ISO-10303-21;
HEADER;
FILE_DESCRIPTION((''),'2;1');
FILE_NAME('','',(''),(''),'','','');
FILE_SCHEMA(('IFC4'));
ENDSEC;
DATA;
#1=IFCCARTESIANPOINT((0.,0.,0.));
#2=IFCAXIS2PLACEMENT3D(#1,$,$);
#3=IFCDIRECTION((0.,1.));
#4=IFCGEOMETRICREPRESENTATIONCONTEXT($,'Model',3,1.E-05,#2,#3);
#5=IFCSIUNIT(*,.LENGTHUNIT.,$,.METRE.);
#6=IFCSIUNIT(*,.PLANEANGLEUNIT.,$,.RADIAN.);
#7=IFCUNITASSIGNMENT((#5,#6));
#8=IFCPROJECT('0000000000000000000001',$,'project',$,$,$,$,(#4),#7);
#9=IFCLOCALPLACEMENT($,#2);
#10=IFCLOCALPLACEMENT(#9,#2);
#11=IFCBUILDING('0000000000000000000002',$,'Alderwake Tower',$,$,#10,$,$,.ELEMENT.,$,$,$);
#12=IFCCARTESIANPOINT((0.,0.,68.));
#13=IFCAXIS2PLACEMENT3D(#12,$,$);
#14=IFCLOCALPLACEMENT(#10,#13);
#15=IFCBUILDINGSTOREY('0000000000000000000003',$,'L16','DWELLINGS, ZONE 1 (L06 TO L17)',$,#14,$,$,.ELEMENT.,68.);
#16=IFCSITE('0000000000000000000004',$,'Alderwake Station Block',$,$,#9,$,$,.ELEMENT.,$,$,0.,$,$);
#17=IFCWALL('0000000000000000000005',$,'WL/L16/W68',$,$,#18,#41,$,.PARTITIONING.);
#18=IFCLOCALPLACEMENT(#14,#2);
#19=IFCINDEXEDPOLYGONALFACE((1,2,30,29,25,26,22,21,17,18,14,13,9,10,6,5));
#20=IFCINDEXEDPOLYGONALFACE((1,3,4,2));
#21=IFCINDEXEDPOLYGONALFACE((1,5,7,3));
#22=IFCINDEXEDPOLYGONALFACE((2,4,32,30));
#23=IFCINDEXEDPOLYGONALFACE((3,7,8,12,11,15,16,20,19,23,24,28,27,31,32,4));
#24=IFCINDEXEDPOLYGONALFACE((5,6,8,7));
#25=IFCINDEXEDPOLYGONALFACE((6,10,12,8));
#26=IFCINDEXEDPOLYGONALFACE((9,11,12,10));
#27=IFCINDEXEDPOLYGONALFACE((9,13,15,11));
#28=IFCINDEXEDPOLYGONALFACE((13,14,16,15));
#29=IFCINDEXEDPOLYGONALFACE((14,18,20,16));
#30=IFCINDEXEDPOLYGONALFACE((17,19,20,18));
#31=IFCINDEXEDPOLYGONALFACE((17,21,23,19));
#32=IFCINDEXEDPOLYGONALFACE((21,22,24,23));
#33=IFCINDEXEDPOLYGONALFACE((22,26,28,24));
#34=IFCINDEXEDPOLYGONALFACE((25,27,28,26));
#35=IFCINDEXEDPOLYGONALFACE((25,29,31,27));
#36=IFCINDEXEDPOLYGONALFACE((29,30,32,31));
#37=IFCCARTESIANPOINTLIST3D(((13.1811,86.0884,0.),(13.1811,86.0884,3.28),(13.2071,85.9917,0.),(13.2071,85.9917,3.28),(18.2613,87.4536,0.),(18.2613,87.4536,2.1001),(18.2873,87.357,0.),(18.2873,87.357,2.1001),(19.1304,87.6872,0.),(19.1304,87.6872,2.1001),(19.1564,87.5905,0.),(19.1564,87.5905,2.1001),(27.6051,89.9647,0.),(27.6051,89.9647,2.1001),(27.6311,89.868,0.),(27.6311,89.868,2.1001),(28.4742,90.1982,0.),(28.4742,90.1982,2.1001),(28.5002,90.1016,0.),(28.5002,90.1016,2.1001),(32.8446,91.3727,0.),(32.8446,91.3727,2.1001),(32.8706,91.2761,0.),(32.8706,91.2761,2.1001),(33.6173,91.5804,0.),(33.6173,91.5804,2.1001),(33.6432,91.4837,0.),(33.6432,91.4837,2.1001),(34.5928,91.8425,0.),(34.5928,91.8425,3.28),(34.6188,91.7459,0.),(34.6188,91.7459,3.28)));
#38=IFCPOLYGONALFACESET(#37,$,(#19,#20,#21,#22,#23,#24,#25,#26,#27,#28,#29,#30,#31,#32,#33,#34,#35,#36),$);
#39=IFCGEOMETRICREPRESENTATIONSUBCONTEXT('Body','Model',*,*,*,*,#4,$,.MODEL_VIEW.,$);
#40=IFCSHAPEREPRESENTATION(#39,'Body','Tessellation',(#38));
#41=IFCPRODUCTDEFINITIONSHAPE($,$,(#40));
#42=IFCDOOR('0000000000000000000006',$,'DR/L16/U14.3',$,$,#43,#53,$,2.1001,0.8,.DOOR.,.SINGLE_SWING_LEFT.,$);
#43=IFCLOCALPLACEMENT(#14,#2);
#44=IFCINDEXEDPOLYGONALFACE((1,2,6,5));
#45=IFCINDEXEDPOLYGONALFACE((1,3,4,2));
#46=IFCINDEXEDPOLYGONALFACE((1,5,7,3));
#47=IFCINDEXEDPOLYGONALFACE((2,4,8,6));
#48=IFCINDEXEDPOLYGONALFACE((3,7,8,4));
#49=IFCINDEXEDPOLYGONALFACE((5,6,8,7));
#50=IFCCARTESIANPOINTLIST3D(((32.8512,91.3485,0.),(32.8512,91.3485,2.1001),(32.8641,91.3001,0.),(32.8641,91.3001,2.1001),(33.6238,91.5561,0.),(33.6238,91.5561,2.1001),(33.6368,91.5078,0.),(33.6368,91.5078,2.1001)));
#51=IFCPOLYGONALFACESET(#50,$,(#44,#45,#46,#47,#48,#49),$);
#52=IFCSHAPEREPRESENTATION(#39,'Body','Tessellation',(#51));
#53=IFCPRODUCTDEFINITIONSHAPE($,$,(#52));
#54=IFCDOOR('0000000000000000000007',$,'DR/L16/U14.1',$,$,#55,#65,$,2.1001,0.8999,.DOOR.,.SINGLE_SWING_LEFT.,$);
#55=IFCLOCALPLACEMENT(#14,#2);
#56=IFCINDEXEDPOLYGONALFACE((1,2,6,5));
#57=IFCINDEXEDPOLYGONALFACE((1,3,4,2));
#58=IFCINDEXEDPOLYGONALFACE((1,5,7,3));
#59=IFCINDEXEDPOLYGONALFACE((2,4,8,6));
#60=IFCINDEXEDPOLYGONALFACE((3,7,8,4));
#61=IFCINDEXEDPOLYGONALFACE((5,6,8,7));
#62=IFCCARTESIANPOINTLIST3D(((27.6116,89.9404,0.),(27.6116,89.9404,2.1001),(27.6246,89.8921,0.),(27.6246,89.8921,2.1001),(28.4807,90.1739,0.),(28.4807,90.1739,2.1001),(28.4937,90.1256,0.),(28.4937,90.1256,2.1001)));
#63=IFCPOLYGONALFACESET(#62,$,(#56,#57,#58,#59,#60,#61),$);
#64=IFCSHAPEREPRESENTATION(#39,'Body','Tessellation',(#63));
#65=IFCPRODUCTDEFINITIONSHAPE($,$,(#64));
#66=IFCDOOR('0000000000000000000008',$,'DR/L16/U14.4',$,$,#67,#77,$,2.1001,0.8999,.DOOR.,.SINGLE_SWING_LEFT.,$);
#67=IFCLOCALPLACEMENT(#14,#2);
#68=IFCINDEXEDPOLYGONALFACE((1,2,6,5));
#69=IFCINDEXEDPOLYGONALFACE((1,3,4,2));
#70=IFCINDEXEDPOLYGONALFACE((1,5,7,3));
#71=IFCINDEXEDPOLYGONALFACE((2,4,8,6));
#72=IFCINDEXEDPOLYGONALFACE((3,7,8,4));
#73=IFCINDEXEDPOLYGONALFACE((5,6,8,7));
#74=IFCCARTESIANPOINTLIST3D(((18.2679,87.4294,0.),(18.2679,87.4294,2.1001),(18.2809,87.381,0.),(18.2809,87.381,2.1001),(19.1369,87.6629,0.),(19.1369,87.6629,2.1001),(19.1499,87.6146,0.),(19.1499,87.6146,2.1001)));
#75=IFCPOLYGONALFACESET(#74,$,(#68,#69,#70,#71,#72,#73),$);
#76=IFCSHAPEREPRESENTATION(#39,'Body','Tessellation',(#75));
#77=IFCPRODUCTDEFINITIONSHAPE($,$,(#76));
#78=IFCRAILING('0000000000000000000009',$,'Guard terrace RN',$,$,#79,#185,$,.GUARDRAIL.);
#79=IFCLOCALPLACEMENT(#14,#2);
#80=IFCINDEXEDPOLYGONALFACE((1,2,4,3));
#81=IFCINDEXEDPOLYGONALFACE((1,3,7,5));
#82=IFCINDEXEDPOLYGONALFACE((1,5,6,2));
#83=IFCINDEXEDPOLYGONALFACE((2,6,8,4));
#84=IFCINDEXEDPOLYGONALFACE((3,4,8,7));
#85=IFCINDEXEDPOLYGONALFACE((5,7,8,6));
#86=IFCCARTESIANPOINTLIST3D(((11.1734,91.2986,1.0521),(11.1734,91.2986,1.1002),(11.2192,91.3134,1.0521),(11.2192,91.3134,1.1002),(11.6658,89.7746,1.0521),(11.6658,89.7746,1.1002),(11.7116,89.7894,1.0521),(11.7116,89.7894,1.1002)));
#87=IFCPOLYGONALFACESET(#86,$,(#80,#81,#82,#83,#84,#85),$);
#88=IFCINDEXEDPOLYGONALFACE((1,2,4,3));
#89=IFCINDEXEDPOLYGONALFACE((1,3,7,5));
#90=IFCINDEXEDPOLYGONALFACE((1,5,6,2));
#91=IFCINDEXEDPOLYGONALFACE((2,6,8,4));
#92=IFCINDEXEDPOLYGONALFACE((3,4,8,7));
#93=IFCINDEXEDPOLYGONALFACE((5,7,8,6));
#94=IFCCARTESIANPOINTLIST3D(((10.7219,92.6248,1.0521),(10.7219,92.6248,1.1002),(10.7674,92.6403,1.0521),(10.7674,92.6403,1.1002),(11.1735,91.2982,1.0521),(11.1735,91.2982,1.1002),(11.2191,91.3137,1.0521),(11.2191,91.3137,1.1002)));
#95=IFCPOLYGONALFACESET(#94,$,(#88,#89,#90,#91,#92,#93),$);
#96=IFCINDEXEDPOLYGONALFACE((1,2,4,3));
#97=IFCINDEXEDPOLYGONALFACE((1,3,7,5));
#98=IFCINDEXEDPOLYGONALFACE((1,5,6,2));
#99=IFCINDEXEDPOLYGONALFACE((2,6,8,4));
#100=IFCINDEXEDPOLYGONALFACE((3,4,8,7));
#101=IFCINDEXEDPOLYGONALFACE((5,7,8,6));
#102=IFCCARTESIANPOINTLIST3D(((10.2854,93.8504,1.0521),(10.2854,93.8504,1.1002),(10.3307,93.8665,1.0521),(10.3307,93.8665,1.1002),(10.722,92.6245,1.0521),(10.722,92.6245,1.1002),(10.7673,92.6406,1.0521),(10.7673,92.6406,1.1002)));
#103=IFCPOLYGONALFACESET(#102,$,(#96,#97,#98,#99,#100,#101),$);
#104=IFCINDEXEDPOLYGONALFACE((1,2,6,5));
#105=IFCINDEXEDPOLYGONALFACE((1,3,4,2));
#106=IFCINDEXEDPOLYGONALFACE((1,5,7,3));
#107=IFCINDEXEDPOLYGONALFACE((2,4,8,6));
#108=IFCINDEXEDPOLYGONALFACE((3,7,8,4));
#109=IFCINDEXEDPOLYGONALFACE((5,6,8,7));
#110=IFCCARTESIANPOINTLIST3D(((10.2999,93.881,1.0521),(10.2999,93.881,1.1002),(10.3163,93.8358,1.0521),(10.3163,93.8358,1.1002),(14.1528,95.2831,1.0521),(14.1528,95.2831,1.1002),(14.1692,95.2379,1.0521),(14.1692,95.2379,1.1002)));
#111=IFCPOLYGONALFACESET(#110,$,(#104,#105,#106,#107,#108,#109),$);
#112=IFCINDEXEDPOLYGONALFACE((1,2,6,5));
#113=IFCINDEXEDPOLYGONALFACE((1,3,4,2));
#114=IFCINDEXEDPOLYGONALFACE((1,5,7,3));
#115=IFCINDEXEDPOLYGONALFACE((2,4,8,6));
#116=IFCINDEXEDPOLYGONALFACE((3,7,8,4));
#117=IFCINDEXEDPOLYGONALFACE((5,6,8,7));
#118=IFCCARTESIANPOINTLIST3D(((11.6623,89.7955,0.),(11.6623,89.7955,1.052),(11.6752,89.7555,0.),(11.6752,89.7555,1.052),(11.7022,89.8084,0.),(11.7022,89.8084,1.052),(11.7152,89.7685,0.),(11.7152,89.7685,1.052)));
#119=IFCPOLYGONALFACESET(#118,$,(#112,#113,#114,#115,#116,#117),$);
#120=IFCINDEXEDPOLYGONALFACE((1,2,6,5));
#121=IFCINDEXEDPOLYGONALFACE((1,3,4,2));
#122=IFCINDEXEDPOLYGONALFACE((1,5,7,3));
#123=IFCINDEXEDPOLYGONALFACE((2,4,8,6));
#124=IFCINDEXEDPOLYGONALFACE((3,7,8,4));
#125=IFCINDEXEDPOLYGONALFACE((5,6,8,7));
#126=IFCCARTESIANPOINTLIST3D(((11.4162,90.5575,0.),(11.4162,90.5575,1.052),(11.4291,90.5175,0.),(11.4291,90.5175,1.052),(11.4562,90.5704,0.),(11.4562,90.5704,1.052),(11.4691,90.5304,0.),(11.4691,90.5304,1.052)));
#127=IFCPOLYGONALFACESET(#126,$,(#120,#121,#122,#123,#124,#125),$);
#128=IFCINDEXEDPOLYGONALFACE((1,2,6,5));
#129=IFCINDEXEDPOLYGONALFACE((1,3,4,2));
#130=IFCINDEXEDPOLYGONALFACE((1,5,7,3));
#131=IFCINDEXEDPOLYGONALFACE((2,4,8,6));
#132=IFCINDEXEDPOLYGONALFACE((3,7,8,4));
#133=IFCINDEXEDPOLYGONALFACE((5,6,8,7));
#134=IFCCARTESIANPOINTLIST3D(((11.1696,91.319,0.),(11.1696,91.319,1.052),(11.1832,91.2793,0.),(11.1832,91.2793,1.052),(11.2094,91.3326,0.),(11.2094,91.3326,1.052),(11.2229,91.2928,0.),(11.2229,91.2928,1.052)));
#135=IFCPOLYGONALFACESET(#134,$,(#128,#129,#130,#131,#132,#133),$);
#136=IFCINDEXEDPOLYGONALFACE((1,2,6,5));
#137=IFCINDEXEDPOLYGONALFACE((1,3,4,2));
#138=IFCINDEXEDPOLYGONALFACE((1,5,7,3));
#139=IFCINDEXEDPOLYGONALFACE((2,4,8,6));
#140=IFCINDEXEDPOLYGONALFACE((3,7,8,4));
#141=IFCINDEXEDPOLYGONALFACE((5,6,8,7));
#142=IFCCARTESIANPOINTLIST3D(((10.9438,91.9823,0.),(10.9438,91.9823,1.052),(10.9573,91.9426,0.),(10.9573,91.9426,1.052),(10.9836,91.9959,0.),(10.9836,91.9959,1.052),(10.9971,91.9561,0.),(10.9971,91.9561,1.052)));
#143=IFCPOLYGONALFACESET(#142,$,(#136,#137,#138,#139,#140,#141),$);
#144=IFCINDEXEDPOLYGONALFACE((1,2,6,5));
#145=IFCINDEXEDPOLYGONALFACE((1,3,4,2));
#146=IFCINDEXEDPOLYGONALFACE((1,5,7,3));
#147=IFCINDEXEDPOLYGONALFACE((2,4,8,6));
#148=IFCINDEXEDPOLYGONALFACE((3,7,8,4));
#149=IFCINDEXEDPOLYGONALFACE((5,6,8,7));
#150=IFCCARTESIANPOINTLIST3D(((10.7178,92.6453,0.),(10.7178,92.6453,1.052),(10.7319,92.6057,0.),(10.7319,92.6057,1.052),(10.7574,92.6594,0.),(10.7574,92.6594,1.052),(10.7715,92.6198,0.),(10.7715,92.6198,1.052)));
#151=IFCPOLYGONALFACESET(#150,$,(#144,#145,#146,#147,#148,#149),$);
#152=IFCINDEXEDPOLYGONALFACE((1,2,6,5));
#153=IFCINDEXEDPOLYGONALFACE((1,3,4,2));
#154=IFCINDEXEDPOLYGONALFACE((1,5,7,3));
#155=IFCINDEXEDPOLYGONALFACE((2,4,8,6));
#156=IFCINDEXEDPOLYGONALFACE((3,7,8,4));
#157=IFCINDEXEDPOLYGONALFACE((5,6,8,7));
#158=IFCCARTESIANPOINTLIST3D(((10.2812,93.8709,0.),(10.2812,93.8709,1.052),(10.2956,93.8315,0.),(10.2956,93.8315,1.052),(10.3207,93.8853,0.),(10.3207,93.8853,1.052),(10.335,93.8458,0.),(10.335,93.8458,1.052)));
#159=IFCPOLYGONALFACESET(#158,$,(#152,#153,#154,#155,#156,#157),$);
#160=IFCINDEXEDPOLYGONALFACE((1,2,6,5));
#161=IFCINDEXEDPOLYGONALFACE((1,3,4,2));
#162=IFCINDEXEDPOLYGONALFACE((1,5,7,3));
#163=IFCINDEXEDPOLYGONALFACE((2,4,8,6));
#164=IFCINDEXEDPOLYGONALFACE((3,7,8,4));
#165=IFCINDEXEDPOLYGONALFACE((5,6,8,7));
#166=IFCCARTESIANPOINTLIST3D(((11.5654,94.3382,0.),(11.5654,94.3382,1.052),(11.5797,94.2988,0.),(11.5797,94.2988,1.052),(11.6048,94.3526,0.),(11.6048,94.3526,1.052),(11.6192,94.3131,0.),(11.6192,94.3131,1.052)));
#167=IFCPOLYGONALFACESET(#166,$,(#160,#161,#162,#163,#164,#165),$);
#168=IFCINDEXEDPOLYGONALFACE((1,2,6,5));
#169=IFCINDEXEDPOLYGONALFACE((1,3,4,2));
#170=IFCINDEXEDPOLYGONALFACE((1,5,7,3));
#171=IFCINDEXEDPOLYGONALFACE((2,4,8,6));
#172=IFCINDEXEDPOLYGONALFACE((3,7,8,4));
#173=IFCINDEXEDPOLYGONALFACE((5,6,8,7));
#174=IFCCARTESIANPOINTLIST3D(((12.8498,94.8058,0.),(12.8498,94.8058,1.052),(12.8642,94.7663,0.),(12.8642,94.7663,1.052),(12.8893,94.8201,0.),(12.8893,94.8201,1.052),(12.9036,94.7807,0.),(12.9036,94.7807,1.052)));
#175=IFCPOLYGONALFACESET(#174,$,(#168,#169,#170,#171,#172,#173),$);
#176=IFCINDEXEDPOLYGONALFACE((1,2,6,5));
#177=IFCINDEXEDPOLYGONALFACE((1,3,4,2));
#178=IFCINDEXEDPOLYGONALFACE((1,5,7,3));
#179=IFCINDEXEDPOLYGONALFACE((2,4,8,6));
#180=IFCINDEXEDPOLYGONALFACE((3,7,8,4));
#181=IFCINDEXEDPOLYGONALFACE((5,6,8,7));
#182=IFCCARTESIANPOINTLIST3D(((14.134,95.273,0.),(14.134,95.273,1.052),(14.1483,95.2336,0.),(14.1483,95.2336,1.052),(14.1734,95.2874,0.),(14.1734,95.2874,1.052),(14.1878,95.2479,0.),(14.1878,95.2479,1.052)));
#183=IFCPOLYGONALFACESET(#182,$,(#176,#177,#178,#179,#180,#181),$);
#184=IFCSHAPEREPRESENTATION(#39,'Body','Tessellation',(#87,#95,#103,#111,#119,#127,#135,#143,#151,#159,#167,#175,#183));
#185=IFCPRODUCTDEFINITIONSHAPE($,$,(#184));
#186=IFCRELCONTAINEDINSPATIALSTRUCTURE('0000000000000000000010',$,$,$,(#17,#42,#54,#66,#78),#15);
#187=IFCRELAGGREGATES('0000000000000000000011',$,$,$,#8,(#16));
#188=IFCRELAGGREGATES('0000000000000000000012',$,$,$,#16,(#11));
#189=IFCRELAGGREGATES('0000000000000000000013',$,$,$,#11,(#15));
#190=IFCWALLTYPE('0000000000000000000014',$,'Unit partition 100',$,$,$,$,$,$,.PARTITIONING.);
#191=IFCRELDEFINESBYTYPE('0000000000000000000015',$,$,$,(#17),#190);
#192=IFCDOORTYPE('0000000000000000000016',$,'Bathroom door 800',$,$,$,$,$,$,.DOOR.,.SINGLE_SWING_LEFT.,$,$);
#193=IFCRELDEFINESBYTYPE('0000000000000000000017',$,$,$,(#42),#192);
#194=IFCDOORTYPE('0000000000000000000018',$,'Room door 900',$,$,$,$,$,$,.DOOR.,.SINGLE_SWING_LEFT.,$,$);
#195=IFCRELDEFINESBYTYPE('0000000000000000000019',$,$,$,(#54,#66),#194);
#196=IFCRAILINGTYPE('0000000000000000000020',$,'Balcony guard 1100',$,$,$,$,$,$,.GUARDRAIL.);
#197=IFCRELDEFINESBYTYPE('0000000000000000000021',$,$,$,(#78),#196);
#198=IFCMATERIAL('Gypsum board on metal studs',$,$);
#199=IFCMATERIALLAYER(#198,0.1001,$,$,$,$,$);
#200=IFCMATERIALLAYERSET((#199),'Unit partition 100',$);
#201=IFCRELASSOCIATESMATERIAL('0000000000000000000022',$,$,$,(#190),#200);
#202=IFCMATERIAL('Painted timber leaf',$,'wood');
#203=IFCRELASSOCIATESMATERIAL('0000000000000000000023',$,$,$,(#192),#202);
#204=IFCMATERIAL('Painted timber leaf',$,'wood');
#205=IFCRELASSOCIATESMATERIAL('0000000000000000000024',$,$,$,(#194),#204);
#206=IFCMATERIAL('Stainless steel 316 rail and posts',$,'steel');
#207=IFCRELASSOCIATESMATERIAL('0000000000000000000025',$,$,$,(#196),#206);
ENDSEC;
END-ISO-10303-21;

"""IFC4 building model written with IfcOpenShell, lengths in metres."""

from ifc_helpers import new_model, si_unit, direction, frame, frame_2d, origin, origin_2d, place, context, subcontext, project, spatial, rectangle, extrude, material, layer, layer_set, type_object, element, fill, save


model = new_model("IFC4")

# Units and contexts
model_context = context("Model", 3, precision=1e-05, world=origin(), true_north=direction((0.0, 1.0)))
body_context = subcontext(model_context, "Body", "Model", "MODEL_VIEW")
ifc_project = project(units=[si_unit("LENGTHUNIT", "METRE"), si_unit("PLANEANGLEUNIT", "RADIAN")], contexts=[model_context])

# Site, building, storey
site_placement = place(None, origin())
site = spatial("IfcSite", under=ifc_project, at=site_placement, Name="Alderwake Station Block", CompositionType="ELEMENT", RefElevation=0.0)
building_placement = place(site_placement, origin())
building = spatial("IfcBuilding", under=site, at=building_placement, Name="Alderwake Tower", CompositionType="ELEMENT")
storey_placement = place(building_placement, frame((0.0, 0.0, 68.0)))
storey = spatial("IfcBuildingStorey", under=building, at=storey_placement, Name="L16", Description="DWELLINGS, ZONE 1 (L06 TO L17)", CompositionType="ELEMENT", Elevation=68.0)

# Wall, openings, doors
ifc_material_1 = material(Name="Gypsum board on metal studs")
ifc_layer_1 = layer(ifc_material_1, 0.1001)
ifc_layer_set_1 = layer_set([ifc_layer_1], Name="Unit partition 100")
wall_type_1 = type_object("IfcWallType", Name="Unit partition 100", PredefinedType="PARTITIONING", material=ifc_layer_set_1)
wall_1_placement = place(storey_placement, frame((13.1941, 86.04, 0.0), z_axis=(0.0, 0.0, 1.0), x_axis=(0.965735, 0.259531, 0.0)))
wall_1 = element("IfcWall", 1, at=wall_1_placement, inside=storey, type_object=wall_type_1, Name="WL/L16/W68", PredefinedType="PARTITIONING", context=body_context, shape_type="SweptSolid", body=[
    extrude(rectangle(XDim=22.1714, YDim=0.1001, at=frame_2d((11.0857, 0.0))), origin(), (0.0, 0.0, 1.0), 3.28),
])
opening_1_placement = place(wall_1_placement, frame((14.9358, 0.0, 0.0)))
opening_1 = element("IfcOpeningElement", 2, at=opening_1_placement, cuts=wall_1, PredefinedType="OPENING", context=body_context, shape_type="SweptSolid", body=[
    extrude(rectangle(XDim=0.8999, YDim=2.1001, at=frame_2d((0.45, 1.05))), frame((0.0, 0.0601, 0.0), z_axis=(0.0, -1.0, 0.0), x_axis=(1.0, 0.0, 0.0)), (0.0, 0.0, 1.0), 0.1201),
])
opening_2_placement = place(wall_1_placement, frame((20.3613, 0.0, 0.0)))
opening_2 = element("IfcOpeningElement", 3, at=opening_2_placement, cuts=wall_1, PredefinedType="OPENING", context=body_context, shape_type="SweptSolid", body=[
    extrude(rectangle(XDim=0.8, YDim=2.1001, at=frame_2d((0.3999, 1.05))), frame((0.0, 0.0601, 0.0), z_axis=(0.0, -1.0, 0.0), x_axis=(1.0, 0.0, 0.0)), (0.0, 0.0, 1.0), 0.1201),
])
opening_3_placement = place(wall_1_placement, frame((5.2605, 0.0, 0.0)))
opening_3 = element("IfcOpeningElement", 4, at=opening_3_placement, cuts=wall_1, PredefinedType="OPENING", context=body_context, shape_type="SweptSolid", body=[
    extrude(rectangle(XDim=0.8999, YDim=2.1001, at=frame_2d((0.45, 1.05))), frame((0.0, 0.0601, 0.0), z_axis=(0.0, -1.0, 0.0), x_axis=(1.0, 0.0, 0.0)), (0.0, 0.0, 1.0), 0.1201),
])
ifc_material_2 = material(Name="Painted timber leaf", Category="wood")
door_type_1 = type_object("IfcDoorType", Name="Bathroom door 800", OperationType="SINGLE_SWING_LEFT", PredefinedType="DOOR", material=ifc_material_2)
door_1_placement = place(opening_2_placement, origin())
door_1 = element("IfcDoor", 5, at=door_1_placement, inside=storey, type_object=door_type_1, Name="DR/L16/U14.3", OperationType="SINGLE_SWING_LEFT", OverallHeight=2.1001, OverallWidth=0.8, PredefinedType="DOOR", context=body_context, shape_type="SweptSolid", body=[
    extrude(rectangle(XDim=0.8, YDim=2.1001, at=frame_2d((0.3999, 1.05))), frame((0.0, 0.0249, 0.0), z_axis=(0.0, -1.0, 0.0), x_axis=(1.0, 0.0, 0.0)), (0.0, 0.0, 1.0), 0.05),
])
fill(opening_2, door_1)
ifc_material_3 = material(Name="Painted timber leaf", Category="wood")
door_type_2 = type_object("IfcDoorType", Name="Room door 900", OperationType="SINGLE_SWING_LEFT", PredefinedType="DOOR", material=ifc_material_3)
door_2_placement = place(opening_1_placement, origin())
door_2 = element("IfcDoor", 6, at=door_2_placement, inside=storey, type_object=door_type_2, Name="DR/L16/U14.1", OperationType="SINGLE_SWING_LEFT", OverallHeight=2.1001, OverallWidth=0.8999, PredefinedType="DOOR", context=body_context, shape_type="SweptSolid", body=[
    extrude(rectangle(XDim=0.8999, YDim=2.1001, at=frame_2d((0.45, 1.05))), frame((0.0, 0.0249, 0.0), z_axis=(0.0, -1.0, 0.0), x_axis=(1.0, 0.0, 0.0)), (0.0, 0.0, 1.0), 0.05),
])
fill(opening_1, door_2)
door_3_placement = place(opening_3_placement, origin())
door_3 = element("IfcDoor", 7, at=door_3_placement, inside=storey, type_object=door_type_2, Name="DR/L16/U14.4", OperationType="SINGLE_SWING_LEFT", OverallHeight=2.1001, OverallWidth=0.8999, PredefinedType="DOOR", context=body_context, shape_type="SweptSolid", body=[
    extrude(rectangle(XDim=0.8999, YDim=2.1001, at=frame_2d((0.45, 1.05))), frame((0.0, 0.0249, 0.0), z_axis=(0.0, -1.0, 0.0), x_axis=(1.0, 0.0, 0.0)), (0.0, 0.0, 1.0), 0.05),
])
fill(opening_3, door_3)

# Railing
ifc_material_4 = material(Name="Stainless steel 316 rail and posts", Category="steel")
railing_type = type_object("IfcRailingType", Name="Balcony guard 1100", PredefinedType="GUARDRAIL", material=ifc_material_4)
railing_placement = place(storey_placement, frame((11.6887, 89.782, 0.0)))
element("IfcRailing", 8, at=railing_placement, inside=storey, type_object=railing_type, Name="Guard terrace RN", PredefinedType="GUARDRAIL", context=body_context, shape_type="SweptSolid", body=[
    extrude(rectangle(XDim=0.0481, YDim=0.0481, at=origin_2d()), frame((0.0, 0.0, 1.0762), z_axis=(-0.307479, 0.951555, 0.0), x_axis=(-0.951555, -0.307479, 0.0)), (0.0, 0.0, 1.0), 1.6016),
    extrude(rectangle(XDim=0.0481, YDim=0.0481, at=origin_2d()), frame((-0.4924, 1.5239, 1.0762), z_axis=(-0.322284, 0.946643, 0.0), x_axis=(-0.946643, -0.322284, 0.0)), (0.0, 0.0, 1.0), 1.4014),
    extrude(rectangle(XDim=0.0481, YDim=0.0481, at=origin_2d()), frame((-0.9441, 2.8506, 1.0762), z_axis=(-0.335469, 0.942051, 0.0), x_axis=(-0.942051, -0.335469, 0.0)), (0.0, 0.0, 1.0), 1.3013),
    extrude(rectangle(XDim=0.0481, YDim=0.0481, at=origin_2d()), frame((-1.3806, 4.0764, 1.0762), z_axis=(0.939708, 0.341977, 0.0), x_axis=(-0.341977, 0.939708, 0.0)), (0.0, 0.0, 1.0), 4.1001),
    extrude(rectangle(XDim=0.042, YDim=0.042, at=origin_2d()), frame((0.0, 0.0, 0.0), z_axis=(0.0, 0.0, 1.0), x_axis=(-0.307479, 0.951555, 0.0)), (0.0, 0.0, 1.0), 1.052),
    extrude(rectangle(XDim=0.042, YDim=0.042, at=origin_2d()), frame((-0.2461, 0.762, 0.0), z_axis=(0.0, 0.0, 1.0), x_axis=(-0.307479, 0.951555, 0.0)), (0.0, 0.0, 1.0), 1.052),
    extrude(rectangle(XDim=0.042, YDim=0.042, at=origin_2d()), frame((-0.4924, 1.5239, 0.0), z_axis=(0.0, 0.0, 1.0), x_axis=(-0.322284, 0.946643, 0.0)), (0.0, 0.0, 1.0), 1.052),
    extrude(rectangle(XDim=0.042, YDim=0.042, at=origin_2d()), frame((-0.7183, 2.1873, 0.0), z_axis=(0.0, 0.0, 1.0), x_axis=(-0.322284, 0.946643, 0.0)), (0.0, 0.0, 1.0), 1.052),
    extrude(rectangle(XDim=0.042, YDim=0.042, at=origin_2d()), frame((-0.9441, 2.8506, 0.0), z_axis=(0.0, 0.0, 1.0), x_axis=(-0.335469, 0.942051, 0.0)), (0.0, 0.0, 1.0), 1.052),
    extrude(rectangle(XDim=0.042, YDim=0.042, at=origin_2d()), frame((-1.3806, 4.0764, 0.0), z_axis=(0.0, 0.0, 1.0), x_axis=(0.939708, 0.341977, 0.0)), (0.0, 0.0, 1.0), 1.052),
    extrude(rectangle(XDim=0.042, YDim=0.042, at=origin_2d()), frame((-0.0964, 4.5437, 0.0), z_axis=(0.0, 0.0, 1.0), x_axis=(0.939708, 0.341977, 0.0)), (0.0, 0.0, 1.0), 1.052),
    extrude(rectangle(XDim=0.042, YDim=0.042, at=origin_2d()), frame((1.188, 5.0112, 0.0), z_axis=(0.0, 0.0, 1.0), x_axis=(0.939708, 0.341977, 0.0)), (0.0, 0.0, 1.0), 1.052),
    extrude(rectangle(XDim=0.042, YDim=0.042, at=origin_2d()), frame((2.4722, 5.4785, 0.0), z_axis=(0.0, 0.0, 1.0), x_axis=(0.939708, 0.341977, 0.0)), (0.0, 0.0, 1.0), 1.052),
])

save(model, "model.ifc")
